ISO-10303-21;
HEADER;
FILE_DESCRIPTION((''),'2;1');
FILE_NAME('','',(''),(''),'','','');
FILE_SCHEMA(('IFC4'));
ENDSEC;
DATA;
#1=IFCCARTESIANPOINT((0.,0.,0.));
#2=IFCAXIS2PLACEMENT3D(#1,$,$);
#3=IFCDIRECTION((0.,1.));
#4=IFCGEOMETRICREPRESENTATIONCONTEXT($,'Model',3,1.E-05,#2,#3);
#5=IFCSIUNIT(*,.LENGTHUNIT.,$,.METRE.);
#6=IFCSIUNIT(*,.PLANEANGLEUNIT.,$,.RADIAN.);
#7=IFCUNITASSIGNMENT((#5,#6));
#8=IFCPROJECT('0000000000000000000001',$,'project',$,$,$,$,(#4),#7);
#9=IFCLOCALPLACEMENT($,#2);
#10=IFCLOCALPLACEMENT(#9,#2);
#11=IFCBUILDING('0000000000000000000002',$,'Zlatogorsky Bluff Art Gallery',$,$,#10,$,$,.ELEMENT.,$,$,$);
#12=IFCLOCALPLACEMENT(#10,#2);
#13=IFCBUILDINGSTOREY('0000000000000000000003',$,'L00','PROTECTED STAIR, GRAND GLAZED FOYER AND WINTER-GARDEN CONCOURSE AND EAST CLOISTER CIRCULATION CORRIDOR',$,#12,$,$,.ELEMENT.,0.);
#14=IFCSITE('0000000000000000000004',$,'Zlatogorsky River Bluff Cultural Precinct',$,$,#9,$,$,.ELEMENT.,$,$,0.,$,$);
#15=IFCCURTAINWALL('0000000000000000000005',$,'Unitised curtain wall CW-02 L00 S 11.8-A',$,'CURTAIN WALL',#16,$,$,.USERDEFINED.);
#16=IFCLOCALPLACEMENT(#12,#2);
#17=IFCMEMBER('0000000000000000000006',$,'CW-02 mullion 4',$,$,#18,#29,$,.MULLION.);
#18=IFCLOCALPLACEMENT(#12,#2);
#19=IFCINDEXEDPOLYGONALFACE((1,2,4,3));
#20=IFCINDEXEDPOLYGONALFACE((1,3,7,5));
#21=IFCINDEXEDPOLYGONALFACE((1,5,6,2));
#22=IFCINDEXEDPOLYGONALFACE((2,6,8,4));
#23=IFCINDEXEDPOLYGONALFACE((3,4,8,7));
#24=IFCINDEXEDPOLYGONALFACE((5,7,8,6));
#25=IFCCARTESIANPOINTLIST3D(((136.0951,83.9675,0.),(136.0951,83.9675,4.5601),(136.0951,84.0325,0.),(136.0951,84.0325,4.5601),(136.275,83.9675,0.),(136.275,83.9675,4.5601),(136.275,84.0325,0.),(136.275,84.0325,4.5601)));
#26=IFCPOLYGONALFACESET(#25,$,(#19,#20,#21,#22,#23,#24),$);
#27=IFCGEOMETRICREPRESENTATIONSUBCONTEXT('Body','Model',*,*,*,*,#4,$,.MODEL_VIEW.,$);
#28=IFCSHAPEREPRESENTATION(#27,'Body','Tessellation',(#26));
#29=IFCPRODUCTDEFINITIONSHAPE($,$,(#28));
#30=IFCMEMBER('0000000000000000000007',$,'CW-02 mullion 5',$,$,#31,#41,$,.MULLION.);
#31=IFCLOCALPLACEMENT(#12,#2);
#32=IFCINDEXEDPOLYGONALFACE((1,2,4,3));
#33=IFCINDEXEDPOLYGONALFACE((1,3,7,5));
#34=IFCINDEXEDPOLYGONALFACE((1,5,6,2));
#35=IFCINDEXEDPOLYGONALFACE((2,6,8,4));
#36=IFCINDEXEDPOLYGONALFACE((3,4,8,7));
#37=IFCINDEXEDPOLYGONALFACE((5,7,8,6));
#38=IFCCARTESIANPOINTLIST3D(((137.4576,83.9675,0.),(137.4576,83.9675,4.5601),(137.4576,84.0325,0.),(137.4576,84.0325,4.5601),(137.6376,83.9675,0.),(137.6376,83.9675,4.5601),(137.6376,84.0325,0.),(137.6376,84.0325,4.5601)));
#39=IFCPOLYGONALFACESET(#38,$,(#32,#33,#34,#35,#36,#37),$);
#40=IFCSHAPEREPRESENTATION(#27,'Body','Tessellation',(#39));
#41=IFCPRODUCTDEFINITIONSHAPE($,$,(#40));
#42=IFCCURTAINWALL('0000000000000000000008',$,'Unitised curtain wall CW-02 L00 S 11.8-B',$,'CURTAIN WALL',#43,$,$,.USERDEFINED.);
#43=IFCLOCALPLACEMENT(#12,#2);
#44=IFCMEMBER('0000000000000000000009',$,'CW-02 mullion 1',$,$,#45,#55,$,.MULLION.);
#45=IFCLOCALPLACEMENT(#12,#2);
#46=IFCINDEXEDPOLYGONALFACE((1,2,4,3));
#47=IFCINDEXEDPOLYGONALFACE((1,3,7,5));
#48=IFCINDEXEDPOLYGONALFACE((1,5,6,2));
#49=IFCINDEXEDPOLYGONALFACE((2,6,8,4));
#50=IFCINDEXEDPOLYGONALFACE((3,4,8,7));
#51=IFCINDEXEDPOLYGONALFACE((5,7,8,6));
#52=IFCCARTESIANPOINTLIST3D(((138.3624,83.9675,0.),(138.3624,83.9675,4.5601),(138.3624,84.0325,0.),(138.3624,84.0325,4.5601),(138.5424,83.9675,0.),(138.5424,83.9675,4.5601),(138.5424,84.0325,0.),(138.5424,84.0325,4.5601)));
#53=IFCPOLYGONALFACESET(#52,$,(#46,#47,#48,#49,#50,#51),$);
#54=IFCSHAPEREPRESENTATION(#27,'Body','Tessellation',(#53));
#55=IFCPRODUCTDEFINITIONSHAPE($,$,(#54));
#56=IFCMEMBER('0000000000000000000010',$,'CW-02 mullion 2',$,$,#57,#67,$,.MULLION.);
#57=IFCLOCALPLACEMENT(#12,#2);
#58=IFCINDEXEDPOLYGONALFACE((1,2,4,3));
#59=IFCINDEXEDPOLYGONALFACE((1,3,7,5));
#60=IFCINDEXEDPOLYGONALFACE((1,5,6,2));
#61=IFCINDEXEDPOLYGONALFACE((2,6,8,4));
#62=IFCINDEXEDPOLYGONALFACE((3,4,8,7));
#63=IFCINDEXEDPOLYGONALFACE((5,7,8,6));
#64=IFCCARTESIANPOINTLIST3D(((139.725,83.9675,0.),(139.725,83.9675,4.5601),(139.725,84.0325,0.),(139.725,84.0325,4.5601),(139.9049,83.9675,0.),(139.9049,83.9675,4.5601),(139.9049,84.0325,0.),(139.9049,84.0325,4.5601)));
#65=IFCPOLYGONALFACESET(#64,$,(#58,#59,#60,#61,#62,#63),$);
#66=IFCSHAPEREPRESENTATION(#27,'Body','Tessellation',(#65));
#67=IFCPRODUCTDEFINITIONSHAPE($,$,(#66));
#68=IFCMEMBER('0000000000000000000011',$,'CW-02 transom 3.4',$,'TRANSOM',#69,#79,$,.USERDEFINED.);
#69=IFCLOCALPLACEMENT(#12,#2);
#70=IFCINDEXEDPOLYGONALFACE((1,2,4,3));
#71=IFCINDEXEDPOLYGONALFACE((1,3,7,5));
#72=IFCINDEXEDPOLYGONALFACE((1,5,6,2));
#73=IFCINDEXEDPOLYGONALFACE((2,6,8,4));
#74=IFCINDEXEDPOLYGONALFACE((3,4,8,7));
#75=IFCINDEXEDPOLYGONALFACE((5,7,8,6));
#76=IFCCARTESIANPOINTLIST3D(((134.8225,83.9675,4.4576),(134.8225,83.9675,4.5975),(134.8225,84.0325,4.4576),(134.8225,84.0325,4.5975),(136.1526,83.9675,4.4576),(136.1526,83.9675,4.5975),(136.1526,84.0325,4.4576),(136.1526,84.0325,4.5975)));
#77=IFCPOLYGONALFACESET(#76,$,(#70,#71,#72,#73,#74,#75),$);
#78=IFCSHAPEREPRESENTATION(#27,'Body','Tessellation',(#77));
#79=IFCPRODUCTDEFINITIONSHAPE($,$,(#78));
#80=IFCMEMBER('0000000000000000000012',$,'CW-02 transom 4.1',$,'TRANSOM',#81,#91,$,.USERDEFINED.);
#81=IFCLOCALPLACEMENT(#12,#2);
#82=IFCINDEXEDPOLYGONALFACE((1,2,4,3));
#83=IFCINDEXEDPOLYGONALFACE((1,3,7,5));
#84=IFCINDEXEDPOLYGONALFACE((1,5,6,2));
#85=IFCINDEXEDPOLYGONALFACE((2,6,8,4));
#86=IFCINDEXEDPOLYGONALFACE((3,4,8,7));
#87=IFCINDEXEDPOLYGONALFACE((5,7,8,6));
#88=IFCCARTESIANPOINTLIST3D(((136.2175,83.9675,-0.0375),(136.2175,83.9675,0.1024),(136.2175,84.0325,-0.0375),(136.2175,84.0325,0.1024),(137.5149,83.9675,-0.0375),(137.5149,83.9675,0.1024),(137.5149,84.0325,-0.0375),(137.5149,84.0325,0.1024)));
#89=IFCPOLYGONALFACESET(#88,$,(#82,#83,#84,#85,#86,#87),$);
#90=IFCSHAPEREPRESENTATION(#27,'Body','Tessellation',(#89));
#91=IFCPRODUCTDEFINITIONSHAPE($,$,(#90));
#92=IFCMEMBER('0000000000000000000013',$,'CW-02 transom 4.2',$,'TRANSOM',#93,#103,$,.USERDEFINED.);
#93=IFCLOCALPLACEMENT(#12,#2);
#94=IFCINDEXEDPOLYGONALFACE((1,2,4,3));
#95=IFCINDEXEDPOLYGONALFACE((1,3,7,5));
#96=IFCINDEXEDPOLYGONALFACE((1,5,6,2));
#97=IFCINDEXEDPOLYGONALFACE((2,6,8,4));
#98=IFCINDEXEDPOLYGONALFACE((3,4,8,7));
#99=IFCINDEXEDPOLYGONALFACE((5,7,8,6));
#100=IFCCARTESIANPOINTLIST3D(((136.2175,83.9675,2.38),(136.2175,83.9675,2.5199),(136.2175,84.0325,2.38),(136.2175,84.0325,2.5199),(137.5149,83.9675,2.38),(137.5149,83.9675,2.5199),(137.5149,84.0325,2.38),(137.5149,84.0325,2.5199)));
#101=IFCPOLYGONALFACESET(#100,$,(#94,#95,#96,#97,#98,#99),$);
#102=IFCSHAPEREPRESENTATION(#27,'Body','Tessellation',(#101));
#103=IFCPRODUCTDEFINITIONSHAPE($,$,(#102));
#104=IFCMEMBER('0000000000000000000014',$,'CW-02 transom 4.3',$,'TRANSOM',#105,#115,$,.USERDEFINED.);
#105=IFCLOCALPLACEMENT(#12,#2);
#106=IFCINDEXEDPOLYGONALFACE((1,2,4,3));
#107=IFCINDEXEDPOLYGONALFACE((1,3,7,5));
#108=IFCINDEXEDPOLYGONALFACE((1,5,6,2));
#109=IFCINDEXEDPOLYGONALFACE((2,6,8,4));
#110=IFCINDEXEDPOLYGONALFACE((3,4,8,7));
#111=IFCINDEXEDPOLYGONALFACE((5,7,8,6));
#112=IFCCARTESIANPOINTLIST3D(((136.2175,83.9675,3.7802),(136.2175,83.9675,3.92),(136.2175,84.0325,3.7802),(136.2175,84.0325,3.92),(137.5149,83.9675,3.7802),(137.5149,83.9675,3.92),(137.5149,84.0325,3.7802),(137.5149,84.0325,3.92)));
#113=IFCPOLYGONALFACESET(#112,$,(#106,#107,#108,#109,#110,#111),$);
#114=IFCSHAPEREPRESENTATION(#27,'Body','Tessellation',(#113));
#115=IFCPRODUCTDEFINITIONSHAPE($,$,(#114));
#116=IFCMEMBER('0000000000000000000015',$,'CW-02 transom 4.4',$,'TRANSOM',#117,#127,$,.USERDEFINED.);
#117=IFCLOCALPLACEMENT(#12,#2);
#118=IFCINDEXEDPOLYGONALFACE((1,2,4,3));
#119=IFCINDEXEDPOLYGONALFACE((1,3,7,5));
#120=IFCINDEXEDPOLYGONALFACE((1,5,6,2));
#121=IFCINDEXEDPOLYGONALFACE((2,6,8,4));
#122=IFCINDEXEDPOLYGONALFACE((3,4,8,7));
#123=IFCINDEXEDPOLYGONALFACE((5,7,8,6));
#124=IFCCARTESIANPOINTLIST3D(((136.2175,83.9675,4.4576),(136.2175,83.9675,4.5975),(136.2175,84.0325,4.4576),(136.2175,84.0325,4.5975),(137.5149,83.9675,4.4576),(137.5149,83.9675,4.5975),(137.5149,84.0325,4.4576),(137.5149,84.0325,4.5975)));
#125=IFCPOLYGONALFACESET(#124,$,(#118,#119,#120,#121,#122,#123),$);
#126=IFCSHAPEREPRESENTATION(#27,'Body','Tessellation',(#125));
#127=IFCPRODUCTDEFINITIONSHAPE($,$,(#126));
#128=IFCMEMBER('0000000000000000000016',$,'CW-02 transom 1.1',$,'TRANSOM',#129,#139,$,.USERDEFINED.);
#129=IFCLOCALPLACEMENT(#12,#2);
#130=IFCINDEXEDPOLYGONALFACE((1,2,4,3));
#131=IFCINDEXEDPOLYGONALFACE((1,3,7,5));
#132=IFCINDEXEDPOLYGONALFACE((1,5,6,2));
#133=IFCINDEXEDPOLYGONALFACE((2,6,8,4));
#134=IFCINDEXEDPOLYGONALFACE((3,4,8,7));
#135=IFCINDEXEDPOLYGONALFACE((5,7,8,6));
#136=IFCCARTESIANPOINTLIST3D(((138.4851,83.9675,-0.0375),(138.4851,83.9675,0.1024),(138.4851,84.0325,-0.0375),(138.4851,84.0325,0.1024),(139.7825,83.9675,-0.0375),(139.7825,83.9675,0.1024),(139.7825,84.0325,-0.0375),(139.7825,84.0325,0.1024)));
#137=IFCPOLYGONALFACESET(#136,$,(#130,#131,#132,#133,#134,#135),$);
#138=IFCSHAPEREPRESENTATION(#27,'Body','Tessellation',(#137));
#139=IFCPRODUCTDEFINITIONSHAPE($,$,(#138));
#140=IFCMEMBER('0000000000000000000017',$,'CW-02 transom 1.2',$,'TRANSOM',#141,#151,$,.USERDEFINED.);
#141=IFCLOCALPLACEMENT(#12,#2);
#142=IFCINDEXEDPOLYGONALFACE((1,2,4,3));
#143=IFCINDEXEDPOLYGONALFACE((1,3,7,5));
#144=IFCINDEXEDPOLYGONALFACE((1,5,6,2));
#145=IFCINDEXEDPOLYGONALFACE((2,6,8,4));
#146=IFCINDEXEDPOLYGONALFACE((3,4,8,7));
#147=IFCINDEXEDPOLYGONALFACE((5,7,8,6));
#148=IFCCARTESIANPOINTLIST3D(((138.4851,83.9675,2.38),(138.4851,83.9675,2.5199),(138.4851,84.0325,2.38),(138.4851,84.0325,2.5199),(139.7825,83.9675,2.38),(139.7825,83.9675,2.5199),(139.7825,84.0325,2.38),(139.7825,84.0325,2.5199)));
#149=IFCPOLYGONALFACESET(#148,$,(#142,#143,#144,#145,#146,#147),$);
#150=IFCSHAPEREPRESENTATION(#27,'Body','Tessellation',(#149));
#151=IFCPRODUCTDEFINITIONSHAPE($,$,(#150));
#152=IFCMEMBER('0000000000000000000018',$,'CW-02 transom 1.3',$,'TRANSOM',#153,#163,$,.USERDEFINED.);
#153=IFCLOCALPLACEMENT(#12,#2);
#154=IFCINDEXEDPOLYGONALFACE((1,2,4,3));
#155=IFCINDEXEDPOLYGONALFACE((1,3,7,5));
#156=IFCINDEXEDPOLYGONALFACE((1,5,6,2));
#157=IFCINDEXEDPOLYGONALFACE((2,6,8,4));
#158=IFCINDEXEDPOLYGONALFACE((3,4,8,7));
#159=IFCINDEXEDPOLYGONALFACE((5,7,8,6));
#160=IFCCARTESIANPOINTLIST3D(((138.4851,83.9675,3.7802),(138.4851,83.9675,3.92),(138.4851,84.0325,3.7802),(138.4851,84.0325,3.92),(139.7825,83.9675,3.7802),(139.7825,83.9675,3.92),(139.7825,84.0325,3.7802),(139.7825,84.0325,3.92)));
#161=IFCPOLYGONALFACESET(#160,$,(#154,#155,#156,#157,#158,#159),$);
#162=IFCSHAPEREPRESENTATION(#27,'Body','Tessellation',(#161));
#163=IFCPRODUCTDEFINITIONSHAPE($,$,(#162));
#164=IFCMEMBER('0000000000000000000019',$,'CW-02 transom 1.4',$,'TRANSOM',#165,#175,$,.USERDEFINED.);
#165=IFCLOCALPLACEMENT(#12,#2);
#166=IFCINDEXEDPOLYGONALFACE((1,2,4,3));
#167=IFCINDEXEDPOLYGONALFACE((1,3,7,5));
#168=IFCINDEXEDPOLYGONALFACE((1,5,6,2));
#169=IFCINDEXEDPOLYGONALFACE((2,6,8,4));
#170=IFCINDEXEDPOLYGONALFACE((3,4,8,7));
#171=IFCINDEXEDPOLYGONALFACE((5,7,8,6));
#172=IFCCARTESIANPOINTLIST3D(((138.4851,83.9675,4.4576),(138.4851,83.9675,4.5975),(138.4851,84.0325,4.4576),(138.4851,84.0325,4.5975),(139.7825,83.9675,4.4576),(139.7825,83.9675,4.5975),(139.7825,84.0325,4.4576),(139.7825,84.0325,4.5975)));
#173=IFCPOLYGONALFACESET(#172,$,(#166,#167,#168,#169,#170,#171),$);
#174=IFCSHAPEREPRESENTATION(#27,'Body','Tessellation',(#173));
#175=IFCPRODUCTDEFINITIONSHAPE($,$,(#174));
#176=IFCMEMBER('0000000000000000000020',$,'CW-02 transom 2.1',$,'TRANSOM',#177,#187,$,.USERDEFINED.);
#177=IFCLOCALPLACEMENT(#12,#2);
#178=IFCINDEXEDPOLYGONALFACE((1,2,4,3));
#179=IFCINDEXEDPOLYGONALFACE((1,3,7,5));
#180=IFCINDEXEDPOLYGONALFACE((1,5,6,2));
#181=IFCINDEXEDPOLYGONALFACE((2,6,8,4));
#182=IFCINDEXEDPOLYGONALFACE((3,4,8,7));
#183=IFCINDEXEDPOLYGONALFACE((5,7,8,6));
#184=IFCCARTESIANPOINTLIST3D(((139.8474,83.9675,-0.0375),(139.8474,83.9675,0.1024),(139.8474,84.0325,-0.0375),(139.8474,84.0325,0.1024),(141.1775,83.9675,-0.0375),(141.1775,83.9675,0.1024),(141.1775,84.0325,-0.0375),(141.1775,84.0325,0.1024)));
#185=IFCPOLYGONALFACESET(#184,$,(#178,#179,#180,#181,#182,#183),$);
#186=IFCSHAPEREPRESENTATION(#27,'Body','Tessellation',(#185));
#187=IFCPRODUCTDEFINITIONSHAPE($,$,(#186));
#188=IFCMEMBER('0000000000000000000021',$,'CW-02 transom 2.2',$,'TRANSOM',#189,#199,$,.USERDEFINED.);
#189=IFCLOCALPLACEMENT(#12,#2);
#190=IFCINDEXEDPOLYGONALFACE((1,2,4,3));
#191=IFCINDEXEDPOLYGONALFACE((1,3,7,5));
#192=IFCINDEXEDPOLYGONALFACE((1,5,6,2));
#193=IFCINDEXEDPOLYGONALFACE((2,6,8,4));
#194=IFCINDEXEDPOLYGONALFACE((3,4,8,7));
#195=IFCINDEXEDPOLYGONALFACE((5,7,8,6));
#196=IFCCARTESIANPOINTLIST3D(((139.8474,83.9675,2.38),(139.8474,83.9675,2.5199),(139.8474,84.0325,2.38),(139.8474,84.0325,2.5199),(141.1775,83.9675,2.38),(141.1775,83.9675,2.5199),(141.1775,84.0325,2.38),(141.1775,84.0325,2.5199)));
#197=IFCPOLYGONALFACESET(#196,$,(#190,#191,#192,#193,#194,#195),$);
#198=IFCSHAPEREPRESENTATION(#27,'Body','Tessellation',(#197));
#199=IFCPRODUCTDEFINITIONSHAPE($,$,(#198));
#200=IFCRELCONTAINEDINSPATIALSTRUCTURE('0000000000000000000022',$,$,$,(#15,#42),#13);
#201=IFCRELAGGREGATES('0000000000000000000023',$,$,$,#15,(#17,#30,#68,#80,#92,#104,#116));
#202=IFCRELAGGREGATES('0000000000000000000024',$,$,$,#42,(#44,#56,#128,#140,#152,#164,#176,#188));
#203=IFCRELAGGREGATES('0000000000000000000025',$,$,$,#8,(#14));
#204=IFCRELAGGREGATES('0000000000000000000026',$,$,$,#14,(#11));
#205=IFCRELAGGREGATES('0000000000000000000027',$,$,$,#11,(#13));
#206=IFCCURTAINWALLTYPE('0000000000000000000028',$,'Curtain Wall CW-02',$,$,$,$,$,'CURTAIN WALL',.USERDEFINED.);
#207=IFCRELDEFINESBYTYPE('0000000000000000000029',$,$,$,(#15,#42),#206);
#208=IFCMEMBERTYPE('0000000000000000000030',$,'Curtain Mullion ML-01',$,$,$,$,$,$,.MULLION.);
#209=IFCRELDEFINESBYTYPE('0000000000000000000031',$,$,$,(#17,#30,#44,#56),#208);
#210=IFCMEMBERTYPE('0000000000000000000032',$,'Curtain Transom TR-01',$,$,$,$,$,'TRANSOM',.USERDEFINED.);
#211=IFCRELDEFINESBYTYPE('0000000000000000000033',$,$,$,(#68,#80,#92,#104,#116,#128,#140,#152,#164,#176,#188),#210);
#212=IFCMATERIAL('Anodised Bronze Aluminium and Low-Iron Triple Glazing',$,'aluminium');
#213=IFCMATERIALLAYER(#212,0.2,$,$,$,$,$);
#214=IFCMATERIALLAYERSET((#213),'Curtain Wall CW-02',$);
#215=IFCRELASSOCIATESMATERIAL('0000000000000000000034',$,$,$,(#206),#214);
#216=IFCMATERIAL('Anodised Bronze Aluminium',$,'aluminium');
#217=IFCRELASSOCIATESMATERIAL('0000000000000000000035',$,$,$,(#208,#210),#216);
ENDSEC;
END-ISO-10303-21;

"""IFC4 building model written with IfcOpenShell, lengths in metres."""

from ifc_helpers import new_model, si_unit, direction, frame, origin, origin_2d, place, context, subcontext, project, spatial, rectangle, extrude, material, layer, layer_set, material_profile, profile_set, type_object, element, aggregate, save


model = new_model("IFC4")

# Units and contexts
model_context = context("Model", 3, precision=1e-05, world=origin(), true_north=direction((0.0, 1.0)))
body_context = subcontext(model_context, "Body", "Model", "MODEL_VIEW")
ifc_project = project(units=[si_unit("LENGTHUNIT", "METRE"), si_unit("PLANEANGLEUNIT", "RADIAN")], contexts=[model_context])

# Site, building, storey
site_placement = place(None, origin())
site = spatial("IfcSite", under=ifc_project, at=site_placement, Name="Zlatogorsky River Bluff Cultural Precinct", CompositionType="ELEMENT", RefElevation=0.0)
building_placement = place(site_placement, origin())
building = spatial("IfcBuilding", under=site, at=building_placement, Name="Zlatogorsky Bluff Art Gallery", CompositionType="ELEMENT")
storey_placement = place(building_placement, origin())
storey = spatial("IfcBuildingStorey", under=building, at=storey_placement, Name="L00", Description="PROTECTED STAIR, GRAND GLAZED FOYER AND WINTER-GARDEN CONCOURSE AND EAST CLOISTER CIRCULATION CORRIDOR", CompositionType="ELEMENT", Elevation=0.0)

# Curtain walls, members
ifc_material_1 = material(Name="Anodised Bronze Aluminium and Low-Iron Triple Glazing", Category="aluminium")
ifc_layer_1 = layer(ifc_material_1, 0.2)
ifc_layer_set_1 = layer_set([ifc_layer_1], Name="Curtain Wall CW-02")
curtain_wall_type = type_object("IfcCurtainWallType", Name="Curtain Wall CW-02", ElementType="CURTAIN WALL", PredefinedType="USERDEFINED", material=ifc_layer_set_1)
curtain_wall_1_placement = place(storey_placement, origin())
curtain_wall_1 = element("IfcCurtainWall", 1, at=curtain_wall_1_placement, inside=storey, type_object=curtain_wall_type, Name="Unitised curtain wall CW-02 L00 S 11.8-A", ObjectType="CURTAIN WALL", PredefinedType="USERDEFINED")
ifc_material_2 = material(Name="Anodised Bronze Aluminium", Category="aluminium")
ifc_material_profile_1 = material_profile(ifc_material_2, rectangle(XDim=0.0649, YDim=0.1799, at=origin_2d()), Name="ALU MULLION 65x180")
ifc_profile_set_1 = profile_set([ifc_material_profile_1], Name="Anodised Bronze Aluminium")
member_type_1 = type_object("IfcMemberType", Name="Curtain Mullion ML-01", PredefinedType="MULLION", material=ifc_profile_set_1)
member_1_placement = place(storey_placement, frame((136.1851, 84.0, 0.0), z_axis=(0.0, 0.0, 1.0), x_axis=(0.0, 1.0, 0.0)))
member_1 = element("IfcMember", 2, at=member_1_placement, type_object=member_type_1, Name="CW-02 mullion 4", PredefinedType="MULLION", context=body_context, shape_type="SweptSolid", body=[
    extrude(rectangle(XDim=0.0649, YDim=0.1799, at=origin_2d()), origin(), (0.0, 0.0, 1.0), 4.5601),
])
member_2_placement = place(storey_placement, frame((137.5476, 84.0, 0.0), z_axis=(0.0, 0.0, 1.0), x_axis=(0.0, 1.0, 0.0)))
member_2 = element("IfcMember", 3, at=member_2_placement, type_object=member_type_1, Name="CW-02 mullion 5", PredefinedType="MULLION", context=body_context, shape_type="SweptSolid", body=[
    extrude(rectangle(XDim=0.0649, YDim=0.1799, at=origin_2d()), origin(), (0.0, 0.0, 1.0), 4.5601),
])
curtain_wall_2_placement = place(storey_placement, origin())
curtain_wall_2 = element("IfcCurtainWall", 4, at=curtain_wall_2_placement, inside=storey, type_object=curtain_wall_type, Name="Unitised curtain wall CW-02 L00 S 11.8-B", ObjectType="CURTAIN WALL", PredefinedType="USERDEFINED")
member_3_placement = place(storey_placement, frame((138.4524, 84.0, 0.0), z_axis=(0.0, 0.0, 1.0), x_axis=(0.0, 1.0, 0.0)))
member_3 = element("IfcMember", 5, at=member_3_placement, type_object=member_type_1, Name="CW-02 mullion 1", PredefinedType="MULLION", context=body_context, shape_type="SweptSolid", body=[
    extrude(rectangle(XDim=0.0649, YDim=0.1799, at=origin_2d()), origin(), (0.0, 0.0, 1.0), 4.5601),
])
member_4_placement = place(storey_placement, frame((139.8149, 84.0, 0.0), z_axis=(0.0, 0.0, 1.0), x_axis=(0.0, 1.0, 0.0)))
member_4 = element("IfcMember", 6, at=member_4_placement, type_object=member_type_1, Name="CW-02 mullion 2", PredefinedType="MULLION", context=body_context, shape_type="SweptSolid", body=[
    extrude(rectangle(XDim=0.0649, YDim=0.1799, at=origin_2d()), origin(), (0.0, 0.0, 1.0), 4.5601),
])

# Members
ifc_material_profile_2 = material_profile(ifc_material_2, rectangle(XDim=0.0649, YDim=0.1399, at=origin_2d()), Name="ALU TRANSOM 65x140")
ifc_profile_set_2 = profile_set([ifc_material_profile_2], Name="Anodised Bronze Aluminium")
member_type_2 = type_object("IfcMemberType", Name="Curtain Transom TR-01", ElementType="TRANSOM", PredefinedType="USERDEFINED", material=ifc_profile_set_2)
member_5_placement = place(storey_placement, frame((134.8225, 84.0, 4.5276), z_axis=(1.0, 0.0, 0.0), x_axis=(0.0, 1.0, 0.0)))
member_5 = element("IfcMember", 7, at=member_5_placement, type_object=member_type_2, Name="CW-02 transom 3.4", ObjectType="TRANSOM", PredefinedType="USERDEFINED", context=body_context, shape_type="SweptSolid", body=[
    extrude(rectangle(XDim=0.0649, YDim=0.1399, at=origin_2d()), origin(), (0.0, 0.0, 1.0), 1.3301),
])
member_6_placement = place(storey_placement, frame((136.2175, 84.0, 0.0325), z_axis=(1.0, 0.0, 0.0), x_axis=(0.0, 1.0, 0.0)))
member_6 = element("IfcMember", 8, at=member_6_placement, type_object=member_type_2, Name="CW-02 transom 4.1", ObjectType="TRANSOM", PredefinedType="USERDEFINED", context=body_context, shape_type="SweptSolid", body=[
    extrude(rectangle(XDim=0.0649, YDim=0.1399, at=origin_2d()), origin(), (0.0, 0.0, 1.0), 1.2974),
])
member_7_placement = place(storey_placement, frame((136.2175, 84.0, 2.45), z_axis=(1.0, 0.0, 0.0), x_axis=(0.0, 1.0, 0.0)))
member_7 = element("IfcMember", 9, at=member_7_placement, type_object=member_type_2, Name="CW-02 transom 4.2", ObjectType="TRANSOM", PredefinedType="USERDEFINED", context=body_context, shape_type="SweptSolid", body=[
    extrude(rectangle(XDim=0.0649, YDim=0.1399, at=origin_2d()), origin(), (0.0, 0.0, 1.0), 1.2974),
])
member_8_placement = place(storey_placement, frame((136.2175, 84.0, 3.8501), z_axis=(1.0, 0.0, 0.0), x_axis=(0.0, 1.0, 0.0)))
member_8 = element("IfcMember", 10, at=member_8_placement, type_object=member_type_2, Name="CW-02 transom 4.3", ObjectType="TRANSOM", PredefinedType="USERDEFINED", context=body_context, shape_type="SweptSolid", body=[
    extrude(rectangle(XDim=0.0649, YDim=0.1399, at=origin_2d()), origin(), (0.0, 0.0, 1.0), 1.2974),
])
member_9_placement = place(storey_placement, frame((136.2175, 84.0, 4.5276), z_axis=(1.0, 0.0, 0.0), x_axis=(0.0, 1.0, 0.0)))
member_9 = element("IfcMember", 11, at=member_9_placement, type_object=member_type_2, Name="CW-02 transom 4.4", ObjectType="TRANSOM", PredefinedType="USERDEFINED", context=body_context, shape_type="SweptSolid", body=[
    extrude(rectangle(XDim=0.0649, YDim=0.1399, at=origin_2d()), origin(), (0.0, 0.0, 1.0), 1.2974),
])
member_10_placement = place(storey_placement, frame((138.4851, 84.0, 0.0325), z_axis=(1.0, 0.0, 0.0), x_axis=(0.0, 1.0, 0.0)))
member_10 = element("IfcMember", 12, at=member_10_placement, type_object=member_type_2, Name="CW-02 transom 1.1", ObjectType="TRANSOM", PredefinedType="USERDEFINED", context=body_context, shape_type="SweptSolid", body=[
    extrude(rectangle(XDim=0.0649, YDim=0.1399, at=origin_2d()), origin(), (0.0, 0.0, 1.0), 1.2974),
])
member_11_placement = place(storey_placement, frame((138.4851, 84.0, 2.45), z_axis=(1.0, 0.0, 0.0), x_axis=(0.0, 1.0, 0.0)))
member_11 = element("IfcMember", 13, at=member_11_placement, type_object=member_type_2, Name="CW-02 transom 1.2", ObjectType="TRANSOM", PredefinedType="USERDEFINED", context=body_context, shape_type="SweptSolid", body=[
    extrude(rectangle(XDim=0.0649, YDim=0.1399, at=origin_2d()), origin(), (0.0, 0.0, 1.0), 1.2974),
])
member_12_placement = place(storey_placement, frame((138.4851, 84.0, 3.8501), z_axis=(1.0, 0.0, 0.0), x_axis=(0.0, 1.0, 0.0)))
member_12 = element("IfcMember", 14, at=member_12_placement, type_object=member_type_2, Name="CW-02 transom 1.3", ObjectType="TRANSOM", PredefinedType="USERDEFINED", context=body_context, shape_type="SweptSolid", body=[
    extrude(rectangle(XDim=0.0649, YDim=0.1399, at=origin_2d()), origin(), (0.0, 0.0, 1.0), 1.2974),
])
member_13_placement = place(storey_placement, frame((138.4851, 84.0, 4.5276), z_axis=(1.0, 0.0, 0.0), x_axis=(0.0, 1.0, 0.0)))
member_13 = element("IfcMember", 15, at=member_13_placement, type_object=member_type_2, Name="CW-02 transom 1.4", ObjectType="TRANSOM", PredefinedType="USERDEFINED", context=body_context, shape_type="SweptSolid", body=[
    extrude(rectangle(XDim=0.0649, YDim=0.1399, at=origin_2d()), origin(), (0.0, 0.0, 1.0), 1.2974),
])
member_14_placement = place(storey_placement, frame((139.8474, 84.0, 0.0325), z_axis=(1.0, 0.0, 0.0), x_axis=(0.0, 1.0, 0.0)))
member_14 = element("IfcMember", 16, at=member_14_placement, type_object=member_type_2, Name="CW-02 transom 2.1", ObjectType="TRANSOM", PredefinedType="USERDEFINED", context=body_context, shape_type="SweptSolid", body=[
    extrude(rectangle(XDim=0.0649, YDim=0.1399, at=origin_2d()), origin(), (0.0, 0.0, 1.0), 1.3301),
])
member_15_placement = place(storey_placement, frame((139.8474, 84.0, 2.45), z_axis=(1.0, 0.0, 0.0), x_axis=(0.0, 1.0, 0.0)))
member_15 = element("IfcMember", 17, at=member_15_placement, type_object=member_type_2, Name="CW-02 transom 2.2", ObjectType="TRANSOM", PredefinedType="USERDEFINED", context=body_context, shape_type="SweptSolid", body=[
    extrude(rectangle(XDim=0.0649, YDim=0.1399, at=origin_2d()), origin(), (0.0, 0.0, 1.0), 1.3301),
])

aggregate(curtain_wall_1, [member_1, member_2, member_5, member_6, member_7, member_8, member_9])
aggregate(curtain_wall_2, [member_3, member_4, member_10, member_11, member_12, member_13, member_14, member_15])

save(model, "model.ifc")
